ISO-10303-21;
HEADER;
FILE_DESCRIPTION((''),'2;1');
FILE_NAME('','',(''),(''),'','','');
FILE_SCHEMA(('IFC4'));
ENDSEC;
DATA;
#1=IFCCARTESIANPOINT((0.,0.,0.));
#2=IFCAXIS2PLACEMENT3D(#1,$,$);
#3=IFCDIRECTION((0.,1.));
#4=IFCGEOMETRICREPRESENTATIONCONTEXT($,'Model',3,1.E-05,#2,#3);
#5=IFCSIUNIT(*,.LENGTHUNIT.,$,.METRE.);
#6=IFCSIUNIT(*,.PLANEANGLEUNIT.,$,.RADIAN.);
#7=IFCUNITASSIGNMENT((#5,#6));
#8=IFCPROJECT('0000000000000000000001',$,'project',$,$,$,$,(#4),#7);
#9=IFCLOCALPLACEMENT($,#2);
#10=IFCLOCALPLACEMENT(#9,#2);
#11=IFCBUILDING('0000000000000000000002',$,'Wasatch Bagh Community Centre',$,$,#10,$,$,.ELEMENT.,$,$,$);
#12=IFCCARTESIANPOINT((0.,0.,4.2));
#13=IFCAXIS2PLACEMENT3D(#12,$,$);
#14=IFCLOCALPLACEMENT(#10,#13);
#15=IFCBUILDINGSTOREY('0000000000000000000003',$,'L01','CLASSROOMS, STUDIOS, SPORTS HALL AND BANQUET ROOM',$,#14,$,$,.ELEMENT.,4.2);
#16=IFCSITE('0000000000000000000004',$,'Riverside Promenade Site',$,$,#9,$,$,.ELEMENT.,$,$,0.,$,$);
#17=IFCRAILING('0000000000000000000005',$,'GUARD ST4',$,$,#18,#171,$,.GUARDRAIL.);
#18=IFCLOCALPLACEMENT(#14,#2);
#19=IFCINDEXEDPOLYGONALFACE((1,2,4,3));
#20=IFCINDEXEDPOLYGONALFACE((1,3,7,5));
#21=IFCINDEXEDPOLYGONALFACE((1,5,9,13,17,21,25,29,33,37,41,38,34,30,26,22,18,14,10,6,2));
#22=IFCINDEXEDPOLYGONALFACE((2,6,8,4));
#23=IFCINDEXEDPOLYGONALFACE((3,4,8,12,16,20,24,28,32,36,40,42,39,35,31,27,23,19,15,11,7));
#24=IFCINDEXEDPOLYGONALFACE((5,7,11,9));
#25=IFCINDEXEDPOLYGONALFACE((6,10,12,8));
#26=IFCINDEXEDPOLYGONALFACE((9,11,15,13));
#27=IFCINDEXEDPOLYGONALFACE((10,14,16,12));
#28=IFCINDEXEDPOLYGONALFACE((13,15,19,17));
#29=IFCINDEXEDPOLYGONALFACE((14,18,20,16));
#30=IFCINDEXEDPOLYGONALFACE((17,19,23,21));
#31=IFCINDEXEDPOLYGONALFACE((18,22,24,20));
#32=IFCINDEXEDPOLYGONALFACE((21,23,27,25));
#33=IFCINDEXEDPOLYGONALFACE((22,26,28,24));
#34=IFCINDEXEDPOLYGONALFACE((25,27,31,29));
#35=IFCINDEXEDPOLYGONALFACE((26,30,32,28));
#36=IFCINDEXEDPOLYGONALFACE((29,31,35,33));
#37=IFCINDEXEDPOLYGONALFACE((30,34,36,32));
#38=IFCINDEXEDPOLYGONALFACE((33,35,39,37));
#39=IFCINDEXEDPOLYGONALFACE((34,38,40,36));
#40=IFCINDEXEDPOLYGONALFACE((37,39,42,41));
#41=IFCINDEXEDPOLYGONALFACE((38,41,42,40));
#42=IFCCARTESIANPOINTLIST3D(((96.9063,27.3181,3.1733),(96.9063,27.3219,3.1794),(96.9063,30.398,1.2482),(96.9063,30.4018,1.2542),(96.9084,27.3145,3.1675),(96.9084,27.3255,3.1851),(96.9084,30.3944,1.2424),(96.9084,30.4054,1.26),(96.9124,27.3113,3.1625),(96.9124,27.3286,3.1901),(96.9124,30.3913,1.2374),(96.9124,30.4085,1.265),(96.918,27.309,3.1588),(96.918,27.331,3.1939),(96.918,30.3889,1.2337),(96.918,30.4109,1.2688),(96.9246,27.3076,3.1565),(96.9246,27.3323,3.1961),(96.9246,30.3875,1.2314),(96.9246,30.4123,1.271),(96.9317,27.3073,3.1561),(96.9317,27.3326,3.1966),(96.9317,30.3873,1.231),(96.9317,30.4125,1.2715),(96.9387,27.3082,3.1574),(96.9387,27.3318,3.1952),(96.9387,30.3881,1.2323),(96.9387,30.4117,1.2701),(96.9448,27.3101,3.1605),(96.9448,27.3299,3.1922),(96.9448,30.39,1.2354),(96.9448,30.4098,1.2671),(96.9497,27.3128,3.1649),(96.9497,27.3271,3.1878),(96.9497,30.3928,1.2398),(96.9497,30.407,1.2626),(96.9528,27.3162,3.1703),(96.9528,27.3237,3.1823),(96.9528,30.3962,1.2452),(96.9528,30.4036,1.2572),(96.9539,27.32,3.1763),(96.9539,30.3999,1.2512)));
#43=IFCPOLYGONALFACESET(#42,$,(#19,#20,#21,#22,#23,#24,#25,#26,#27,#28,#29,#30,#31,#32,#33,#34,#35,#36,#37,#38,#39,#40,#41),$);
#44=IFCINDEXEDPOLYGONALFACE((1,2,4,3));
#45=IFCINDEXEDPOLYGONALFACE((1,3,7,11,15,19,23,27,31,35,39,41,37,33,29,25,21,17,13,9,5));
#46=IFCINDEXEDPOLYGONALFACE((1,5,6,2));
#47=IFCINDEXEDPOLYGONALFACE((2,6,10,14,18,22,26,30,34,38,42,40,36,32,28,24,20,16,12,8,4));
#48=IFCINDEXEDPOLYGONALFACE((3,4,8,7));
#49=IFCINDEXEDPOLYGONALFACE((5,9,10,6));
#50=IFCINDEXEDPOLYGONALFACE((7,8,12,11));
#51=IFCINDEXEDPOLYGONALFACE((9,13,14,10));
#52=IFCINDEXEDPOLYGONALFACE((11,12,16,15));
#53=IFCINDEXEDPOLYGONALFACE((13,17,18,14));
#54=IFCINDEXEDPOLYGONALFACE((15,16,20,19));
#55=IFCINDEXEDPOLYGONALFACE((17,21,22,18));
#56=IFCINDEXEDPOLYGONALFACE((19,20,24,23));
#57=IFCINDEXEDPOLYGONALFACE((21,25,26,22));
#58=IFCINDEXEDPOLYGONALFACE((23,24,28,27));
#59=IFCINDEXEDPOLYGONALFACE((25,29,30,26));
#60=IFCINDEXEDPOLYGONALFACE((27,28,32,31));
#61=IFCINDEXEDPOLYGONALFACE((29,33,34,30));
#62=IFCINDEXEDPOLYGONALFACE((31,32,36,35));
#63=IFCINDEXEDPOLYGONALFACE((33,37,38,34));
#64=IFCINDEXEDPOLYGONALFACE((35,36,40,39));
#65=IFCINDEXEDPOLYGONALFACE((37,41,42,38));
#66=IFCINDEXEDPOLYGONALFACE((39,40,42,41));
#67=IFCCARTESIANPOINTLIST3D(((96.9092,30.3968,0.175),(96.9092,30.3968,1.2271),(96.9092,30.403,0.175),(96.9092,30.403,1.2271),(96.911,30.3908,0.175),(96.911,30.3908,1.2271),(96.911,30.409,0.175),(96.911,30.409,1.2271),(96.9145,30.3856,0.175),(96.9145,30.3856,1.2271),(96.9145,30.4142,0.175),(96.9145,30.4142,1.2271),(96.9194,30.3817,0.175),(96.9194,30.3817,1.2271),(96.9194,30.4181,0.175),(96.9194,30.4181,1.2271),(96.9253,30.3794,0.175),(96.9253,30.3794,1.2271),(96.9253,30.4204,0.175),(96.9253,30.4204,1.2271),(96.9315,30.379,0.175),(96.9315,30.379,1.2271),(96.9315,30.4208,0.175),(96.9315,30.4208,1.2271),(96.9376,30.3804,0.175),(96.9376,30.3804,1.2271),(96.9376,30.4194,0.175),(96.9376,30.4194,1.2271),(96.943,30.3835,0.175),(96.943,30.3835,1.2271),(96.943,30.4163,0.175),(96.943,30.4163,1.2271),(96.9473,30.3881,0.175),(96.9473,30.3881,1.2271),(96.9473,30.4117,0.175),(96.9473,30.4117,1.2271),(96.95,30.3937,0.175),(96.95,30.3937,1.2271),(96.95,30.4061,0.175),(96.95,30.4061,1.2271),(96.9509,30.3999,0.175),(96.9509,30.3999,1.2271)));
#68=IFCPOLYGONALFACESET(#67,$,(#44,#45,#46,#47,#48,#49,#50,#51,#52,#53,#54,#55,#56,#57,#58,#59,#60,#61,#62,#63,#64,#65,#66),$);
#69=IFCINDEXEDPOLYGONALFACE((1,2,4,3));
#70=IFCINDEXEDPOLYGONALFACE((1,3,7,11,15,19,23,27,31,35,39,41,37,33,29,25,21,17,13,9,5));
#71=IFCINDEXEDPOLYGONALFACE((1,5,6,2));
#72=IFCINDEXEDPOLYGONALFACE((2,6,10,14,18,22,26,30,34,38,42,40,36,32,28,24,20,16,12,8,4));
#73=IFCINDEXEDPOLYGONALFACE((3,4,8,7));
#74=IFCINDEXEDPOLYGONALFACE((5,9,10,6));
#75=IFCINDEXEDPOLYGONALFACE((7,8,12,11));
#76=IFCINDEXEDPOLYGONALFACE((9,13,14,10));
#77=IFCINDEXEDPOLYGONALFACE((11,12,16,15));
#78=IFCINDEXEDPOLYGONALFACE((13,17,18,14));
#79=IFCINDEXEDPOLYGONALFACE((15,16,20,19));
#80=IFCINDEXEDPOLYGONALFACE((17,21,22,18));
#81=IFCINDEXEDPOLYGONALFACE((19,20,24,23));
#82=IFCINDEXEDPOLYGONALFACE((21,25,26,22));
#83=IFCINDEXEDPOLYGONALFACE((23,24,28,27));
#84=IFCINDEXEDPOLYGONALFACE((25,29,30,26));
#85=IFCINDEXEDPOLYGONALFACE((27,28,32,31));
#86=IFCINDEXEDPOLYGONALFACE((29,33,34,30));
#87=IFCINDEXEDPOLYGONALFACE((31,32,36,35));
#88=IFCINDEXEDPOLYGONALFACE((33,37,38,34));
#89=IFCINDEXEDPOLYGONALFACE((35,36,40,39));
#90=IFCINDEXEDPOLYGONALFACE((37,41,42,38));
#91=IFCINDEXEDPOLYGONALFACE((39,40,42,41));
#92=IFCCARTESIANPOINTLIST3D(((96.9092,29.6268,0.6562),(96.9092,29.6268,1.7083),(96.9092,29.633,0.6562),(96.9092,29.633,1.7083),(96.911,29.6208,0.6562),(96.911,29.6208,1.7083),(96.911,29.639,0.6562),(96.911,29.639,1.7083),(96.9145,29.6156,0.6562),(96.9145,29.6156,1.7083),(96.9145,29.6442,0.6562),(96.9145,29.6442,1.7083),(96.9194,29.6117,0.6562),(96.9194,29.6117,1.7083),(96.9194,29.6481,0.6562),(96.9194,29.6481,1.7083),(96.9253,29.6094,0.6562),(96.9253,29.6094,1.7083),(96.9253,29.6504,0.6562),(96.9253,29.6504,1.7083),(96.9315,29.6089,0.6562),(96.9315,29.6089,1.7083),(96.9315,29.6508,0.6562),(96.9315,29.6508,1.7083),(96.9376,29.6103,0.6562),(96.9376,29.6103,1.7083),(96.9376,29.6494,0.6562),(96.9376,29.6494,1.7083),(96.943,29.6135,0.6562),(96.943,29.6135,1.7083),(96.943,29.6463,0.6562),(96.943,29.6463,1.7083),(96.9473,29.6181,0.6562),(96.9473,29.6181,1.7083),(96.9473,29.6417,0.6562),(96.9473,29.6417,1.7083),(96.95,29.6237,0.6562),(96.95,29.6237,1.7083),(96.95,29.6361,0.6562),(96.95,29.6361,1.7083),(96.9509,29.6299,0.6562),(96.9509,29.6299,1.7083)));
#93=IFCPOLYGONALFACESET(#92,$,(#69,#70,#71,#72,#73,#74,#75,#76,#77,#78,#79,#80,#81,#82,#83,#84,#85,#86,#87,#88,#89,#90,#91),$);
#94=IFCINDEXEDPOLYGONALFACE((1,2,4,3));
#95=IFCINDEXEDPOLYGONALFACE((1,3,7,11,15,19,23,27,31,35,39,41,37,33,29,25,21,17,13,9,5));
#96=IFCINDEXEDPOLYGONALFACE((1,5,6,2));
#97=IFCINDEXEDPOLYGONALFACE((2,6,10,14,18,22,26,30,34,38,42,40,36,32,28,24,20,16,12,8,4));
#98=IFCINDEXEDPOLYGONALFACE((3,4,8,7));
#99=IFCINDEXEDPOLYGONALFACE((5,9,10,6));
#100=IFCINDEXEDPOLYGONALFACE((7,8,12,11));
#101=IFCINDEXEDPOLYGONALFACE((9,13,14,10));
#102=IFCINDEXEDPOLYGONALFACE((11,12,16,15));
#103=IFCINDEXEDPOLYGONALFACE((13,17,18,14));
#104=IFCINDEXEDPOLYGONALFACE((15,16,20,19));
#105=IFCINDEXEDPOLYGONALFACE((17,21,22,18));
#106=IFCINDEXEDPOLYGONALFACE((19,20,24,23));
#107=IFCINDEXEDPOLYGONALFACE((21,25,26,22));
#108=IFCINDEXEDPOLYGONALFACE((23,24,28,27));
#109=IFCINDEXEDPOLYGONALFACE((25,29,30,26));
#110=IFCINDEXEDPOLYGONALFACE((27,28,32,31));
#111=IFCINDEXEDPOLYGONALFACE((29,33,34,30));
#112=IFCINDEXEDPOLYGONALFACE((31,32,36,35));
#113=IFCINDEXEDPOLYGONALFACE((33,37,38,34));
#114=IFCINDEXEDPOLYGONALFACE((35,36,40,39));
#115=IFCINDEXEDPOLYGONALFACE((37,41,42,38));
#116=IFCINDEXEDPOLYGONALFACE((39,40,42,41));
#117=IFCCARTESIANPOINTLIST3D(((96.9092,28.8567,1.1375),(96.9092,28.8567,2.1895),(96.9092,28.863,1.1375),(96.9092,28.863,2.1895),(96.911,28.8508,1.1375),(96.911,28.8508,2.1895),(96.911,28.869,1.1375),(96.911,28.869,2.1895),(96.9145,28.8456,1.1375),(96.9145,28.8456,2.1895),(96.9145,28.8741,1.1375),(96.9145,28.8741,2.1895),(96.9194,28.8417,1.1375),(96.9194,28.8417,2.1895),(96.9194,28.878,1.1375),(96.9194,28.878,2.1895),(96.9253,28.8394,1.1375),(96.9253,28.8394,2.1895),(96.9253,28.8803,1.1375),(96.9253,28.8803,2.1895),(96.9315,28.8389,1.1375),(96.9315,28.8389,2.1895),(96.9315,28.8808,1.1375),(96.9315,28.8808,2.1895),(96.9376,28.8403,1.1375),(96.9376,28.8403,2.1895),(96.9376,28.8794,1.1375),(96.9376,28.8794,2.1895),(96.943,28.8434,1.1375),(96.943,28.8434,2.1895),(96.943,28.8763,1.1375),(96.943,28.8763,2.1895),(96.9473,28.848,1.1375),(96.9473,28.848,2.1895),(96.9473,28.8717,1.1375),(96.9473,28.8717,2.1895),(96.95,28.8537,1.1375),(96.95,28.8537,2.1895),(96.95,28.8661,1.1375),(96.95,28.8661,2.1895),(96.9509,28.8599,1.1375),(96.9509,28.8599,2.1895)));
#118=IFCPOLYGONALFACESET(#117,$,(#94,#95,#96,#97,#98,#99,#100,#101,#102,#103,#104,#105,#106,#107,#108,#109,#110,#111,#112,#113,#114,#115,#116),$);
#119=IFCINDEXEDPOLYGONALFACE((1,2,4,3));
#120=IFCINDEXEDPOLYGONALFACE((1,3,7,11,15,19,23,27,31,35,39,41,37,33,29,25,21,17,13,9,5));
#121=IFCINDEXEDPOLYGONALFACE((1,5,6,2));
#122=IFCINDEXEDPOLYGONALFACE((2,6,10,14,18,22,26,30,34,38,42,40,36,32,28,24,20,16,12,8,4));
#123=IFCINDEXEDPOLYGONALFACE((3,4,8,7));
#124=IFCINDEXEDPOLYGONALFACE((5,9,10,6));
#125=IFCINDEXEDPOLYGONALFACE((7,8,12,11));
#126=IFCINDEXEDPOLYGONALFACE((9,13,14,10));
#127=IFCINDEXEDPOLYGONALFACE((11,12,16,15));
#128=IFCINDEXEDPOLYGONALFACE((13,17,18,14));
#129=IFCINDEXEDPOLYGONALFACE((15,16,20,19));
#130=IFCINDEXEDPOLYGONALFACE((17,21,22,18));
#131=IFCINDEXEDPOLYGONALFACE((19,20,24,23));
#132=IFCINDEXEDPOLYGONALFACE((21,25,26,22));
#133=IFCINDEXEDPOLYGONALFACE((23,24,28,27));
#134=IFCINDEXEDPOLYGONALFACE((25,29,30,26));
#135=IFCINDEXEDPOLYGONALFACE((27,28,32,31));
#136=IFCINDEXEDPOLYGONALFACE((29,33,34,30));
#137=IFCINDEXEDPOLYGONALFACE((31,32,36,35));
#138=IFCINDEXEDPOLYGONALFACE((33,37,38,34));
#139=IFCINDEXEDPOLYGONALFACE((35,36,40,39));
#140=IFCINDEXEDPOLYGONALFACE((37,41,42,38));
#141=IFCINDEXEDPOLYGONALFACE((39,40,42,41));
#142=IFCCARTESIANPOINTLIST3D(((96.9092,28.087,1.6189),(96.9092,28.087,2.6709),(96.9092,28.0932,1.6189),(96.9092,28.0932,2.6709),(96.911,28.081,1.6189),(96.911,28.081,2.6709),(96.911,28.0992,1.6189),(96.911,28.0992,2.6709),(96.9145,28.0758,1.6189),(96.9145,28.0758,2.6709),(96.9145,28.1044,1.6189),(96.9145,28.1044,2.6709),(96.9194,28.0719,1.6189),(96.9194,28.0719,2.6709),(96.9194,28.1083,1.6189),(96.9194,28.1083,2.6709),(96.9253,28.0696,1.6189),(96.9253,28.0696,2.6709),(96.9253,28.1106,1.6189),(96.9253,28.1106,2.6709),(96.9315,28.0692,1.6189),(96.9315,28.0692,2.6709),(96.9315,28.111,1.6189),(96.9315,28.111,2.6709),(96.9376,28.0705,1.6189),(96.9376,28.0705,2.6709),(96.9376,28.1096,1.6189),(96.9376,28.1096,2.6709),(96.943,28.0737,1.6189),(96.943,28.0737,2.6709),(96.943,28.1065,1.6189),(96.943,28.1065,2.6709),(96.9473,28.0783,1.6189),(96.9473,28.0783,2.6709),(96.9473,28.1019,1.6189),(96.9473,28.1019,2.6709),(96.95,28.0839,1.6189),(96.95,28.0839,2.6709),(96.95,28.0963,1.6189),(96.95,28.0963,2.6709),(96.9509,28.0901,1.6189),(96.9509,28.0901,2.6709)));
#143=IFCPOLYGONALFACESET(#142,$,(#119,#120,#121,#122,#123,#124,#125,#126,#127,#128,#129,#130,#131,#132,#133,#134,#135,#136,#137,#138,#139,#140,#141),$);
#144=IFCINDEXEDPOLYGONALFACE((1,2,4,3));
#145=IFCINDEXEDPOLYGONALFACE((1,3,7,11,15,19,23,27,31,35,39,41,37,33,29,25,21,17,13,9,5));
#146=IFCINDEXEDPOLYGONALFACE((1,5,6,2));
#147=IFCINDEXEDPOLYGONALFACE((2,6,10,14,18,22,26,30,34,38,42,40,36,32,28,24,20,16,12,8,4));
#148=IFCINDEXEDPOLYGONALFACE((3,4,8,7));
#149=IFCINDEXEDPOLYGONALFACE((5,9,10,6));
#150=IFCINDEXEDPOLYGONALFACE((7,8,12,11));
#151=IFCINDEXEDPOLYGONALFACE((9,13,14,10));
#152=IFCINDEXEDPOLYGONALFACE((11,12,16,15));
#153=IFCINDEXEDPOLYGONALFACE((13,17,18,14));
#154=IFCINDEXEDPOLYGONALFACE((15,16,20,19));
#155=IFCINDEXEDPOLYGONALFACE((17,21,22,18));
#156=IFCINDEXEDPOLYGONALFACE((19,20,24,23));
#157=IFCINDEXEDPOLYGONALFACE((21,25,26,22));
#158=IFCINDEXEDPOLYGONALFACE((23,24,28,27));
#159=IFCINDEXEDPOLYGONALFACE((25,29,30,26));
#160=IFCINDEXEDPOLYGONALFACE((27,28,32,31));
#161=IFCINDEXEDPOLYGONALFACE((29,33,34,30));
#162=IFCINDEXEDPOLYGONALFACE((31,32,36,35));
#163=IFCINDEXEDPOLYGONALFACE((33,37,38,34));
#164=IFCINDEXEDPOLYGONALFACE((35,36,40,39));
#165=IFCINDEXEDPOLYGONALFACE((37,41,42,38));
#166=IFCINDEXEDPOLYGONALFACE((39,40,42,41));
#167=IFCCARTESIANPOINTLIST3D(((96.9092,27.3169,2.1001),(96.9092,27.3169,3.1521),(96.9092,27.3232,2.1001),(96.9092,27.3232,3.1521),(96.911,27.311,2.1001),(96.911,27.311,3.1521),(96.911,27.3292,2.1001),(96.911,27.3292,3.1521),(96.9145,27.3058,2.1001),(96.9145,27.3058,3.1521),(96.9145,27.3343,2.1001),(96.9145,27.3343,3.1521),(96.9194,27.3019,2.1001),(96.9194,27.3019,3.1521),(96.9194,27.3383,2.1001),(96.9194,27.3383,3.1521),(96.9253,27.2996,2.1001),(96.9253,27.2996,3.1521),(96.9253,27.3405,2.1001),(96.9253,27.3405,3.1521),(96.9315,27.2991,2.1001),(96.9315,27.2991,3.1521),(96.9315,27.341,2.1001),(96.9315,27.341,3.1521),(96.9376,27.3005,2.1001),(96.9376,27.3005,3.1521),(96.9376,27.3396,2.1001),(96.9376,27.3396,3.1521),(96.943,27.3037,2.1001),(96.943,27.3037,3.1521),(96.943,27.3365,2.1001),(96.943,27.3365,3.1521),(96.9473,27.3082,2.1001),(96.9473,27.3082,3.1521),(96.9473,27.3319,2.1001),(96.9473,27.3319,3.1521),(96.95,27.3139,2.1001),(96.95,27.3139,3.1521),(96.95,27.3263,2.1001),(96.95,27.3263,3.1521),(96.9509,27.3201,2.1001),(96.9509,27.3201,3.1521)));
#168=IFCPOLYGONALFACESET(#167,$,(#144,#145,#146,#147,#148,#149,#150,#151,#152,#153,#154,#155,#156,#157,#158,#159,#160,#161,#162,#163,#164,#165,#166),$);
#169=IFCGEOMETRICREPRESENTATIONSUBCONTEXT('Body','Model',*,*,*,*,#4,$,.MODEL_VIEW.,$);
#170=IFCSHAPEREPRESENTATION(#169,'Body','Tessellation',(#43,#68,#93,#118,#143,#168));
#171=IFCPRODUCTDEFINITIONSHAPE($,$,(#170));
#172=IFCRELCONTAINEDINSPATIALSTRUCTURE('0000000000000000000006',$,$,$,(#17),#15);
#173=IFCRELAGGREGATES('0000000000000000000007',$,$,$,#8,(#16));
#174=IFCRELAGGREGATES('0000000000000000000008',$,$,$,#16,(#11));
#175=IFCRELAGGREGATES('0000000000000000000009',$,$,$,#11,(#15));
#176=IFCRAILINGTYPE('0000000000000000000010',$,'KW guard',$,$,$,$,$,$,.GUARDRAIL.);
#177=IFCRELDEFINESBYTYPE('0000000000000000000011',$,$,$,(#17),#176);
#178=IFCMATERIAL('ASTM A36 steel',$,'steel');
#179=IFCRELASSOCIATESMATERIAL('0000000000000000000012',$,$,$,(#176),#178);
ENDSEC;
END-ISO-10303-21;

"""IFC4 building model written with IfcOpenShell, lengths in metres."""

from ifc_helpers import new_model, si_unit, direction, frame, origin, origin_2d, place, context, subcontext, project, spatial, circle, extrude, material, type_object, element, save


model = new_model("IFC4")

# Units and contexts
model_context = context("Model", 3, precision=1e-05, world=origin(), true_north=direction((0.0, 1.0)))
body_context = subcontext(model_context, "Body", "Model", "MODEL_VIEW")
ifc_project = project(units=[si_unit("LENGTHUNIT", "METRE"), si_unit("PLANEANGLEUNIT", "RADIAN")], contexts=[model_context])

# Site, building, storey
site_placement = place(None, origin())
site = spatial("IfcSite", under=ifc_project, at=site_placement, Name="Riverside Promenade Site", CompositionType="ELEMENT", RefElevation=0.0)
building_placement = place(site_placement, origin())
building = spatial("IfcBuilding", under=site, at=building_placement, Name="Wasatch Bagh Community Centre", CompositionType="ELEMENT")
storey_placement = place(building_placement, frame((0.0, 0.0, 4.2)))
storey = spatial("IfcBuildingStorey", under=building, at=storey_placement, Name="L01", Description="CLASSROOMS, STUDIOS, SPORTS HALL AND BANQUET ROOM", CompositionType="ELEMENT", Elevation=4.2)

# Railing
ifc_material_1 = material(Name="ASTM A36 steel", Category="steel")
railing_type_1 = type_object("IfcRailingType", Name="KW guard", PredefinedType="GUARDRAIL", material=ifc_material_1)
for number, where, name in (
    (1, (96.9299, 30.3999, 0.175), "GUARD ST4"),
):
    element("IfcRailing", number, at=place(storey_placement, frame(where)), inside=storey, type_object=railing_type_1, Name=name, PredefinedType="GUARDRAIL", context=body_context, shape_type="SweptSolid", body=[
        extrude(circle(Radius=0.0239, at=origin_2d()), frame((0.0, 0.0, 1.0762), z_axis=(0.0, -0.847979, 0.530029), x_axis=(1.0, 0.0, 0.0)), (0.0, 0.0, 1.0), 3.6321),
        extrude(circle(Radius=0.021, at=origin_2d()), origin(), (0.0, 0.0, 1.0), 1.052),
        extrude(circle(Radius=0.021, at=origin_2d()), frame((0.0, -0.77, 0.4812)), (0.0, 0.0, 1.0), 1.052),
        extrude(circle(Radius=0.021, at=origin_2d()), frame((0.0, -1.54, 0.9624)), (0.0, 0.0, 1.0), 1.052),
        extrude(circle(Radius=0.021, at=origin_2d()), frame((0.0, -2.3098, 1.4438)), (0.0, 0.0, 1.0), 1.052),
        extrude(circle(Radius=0.021, at=origin_2d()), frame((0.0, -3.0798, 1.925)), (0.0, 0.0, 1.0), 1.052),
    ])

save(model, "model.ifc")
